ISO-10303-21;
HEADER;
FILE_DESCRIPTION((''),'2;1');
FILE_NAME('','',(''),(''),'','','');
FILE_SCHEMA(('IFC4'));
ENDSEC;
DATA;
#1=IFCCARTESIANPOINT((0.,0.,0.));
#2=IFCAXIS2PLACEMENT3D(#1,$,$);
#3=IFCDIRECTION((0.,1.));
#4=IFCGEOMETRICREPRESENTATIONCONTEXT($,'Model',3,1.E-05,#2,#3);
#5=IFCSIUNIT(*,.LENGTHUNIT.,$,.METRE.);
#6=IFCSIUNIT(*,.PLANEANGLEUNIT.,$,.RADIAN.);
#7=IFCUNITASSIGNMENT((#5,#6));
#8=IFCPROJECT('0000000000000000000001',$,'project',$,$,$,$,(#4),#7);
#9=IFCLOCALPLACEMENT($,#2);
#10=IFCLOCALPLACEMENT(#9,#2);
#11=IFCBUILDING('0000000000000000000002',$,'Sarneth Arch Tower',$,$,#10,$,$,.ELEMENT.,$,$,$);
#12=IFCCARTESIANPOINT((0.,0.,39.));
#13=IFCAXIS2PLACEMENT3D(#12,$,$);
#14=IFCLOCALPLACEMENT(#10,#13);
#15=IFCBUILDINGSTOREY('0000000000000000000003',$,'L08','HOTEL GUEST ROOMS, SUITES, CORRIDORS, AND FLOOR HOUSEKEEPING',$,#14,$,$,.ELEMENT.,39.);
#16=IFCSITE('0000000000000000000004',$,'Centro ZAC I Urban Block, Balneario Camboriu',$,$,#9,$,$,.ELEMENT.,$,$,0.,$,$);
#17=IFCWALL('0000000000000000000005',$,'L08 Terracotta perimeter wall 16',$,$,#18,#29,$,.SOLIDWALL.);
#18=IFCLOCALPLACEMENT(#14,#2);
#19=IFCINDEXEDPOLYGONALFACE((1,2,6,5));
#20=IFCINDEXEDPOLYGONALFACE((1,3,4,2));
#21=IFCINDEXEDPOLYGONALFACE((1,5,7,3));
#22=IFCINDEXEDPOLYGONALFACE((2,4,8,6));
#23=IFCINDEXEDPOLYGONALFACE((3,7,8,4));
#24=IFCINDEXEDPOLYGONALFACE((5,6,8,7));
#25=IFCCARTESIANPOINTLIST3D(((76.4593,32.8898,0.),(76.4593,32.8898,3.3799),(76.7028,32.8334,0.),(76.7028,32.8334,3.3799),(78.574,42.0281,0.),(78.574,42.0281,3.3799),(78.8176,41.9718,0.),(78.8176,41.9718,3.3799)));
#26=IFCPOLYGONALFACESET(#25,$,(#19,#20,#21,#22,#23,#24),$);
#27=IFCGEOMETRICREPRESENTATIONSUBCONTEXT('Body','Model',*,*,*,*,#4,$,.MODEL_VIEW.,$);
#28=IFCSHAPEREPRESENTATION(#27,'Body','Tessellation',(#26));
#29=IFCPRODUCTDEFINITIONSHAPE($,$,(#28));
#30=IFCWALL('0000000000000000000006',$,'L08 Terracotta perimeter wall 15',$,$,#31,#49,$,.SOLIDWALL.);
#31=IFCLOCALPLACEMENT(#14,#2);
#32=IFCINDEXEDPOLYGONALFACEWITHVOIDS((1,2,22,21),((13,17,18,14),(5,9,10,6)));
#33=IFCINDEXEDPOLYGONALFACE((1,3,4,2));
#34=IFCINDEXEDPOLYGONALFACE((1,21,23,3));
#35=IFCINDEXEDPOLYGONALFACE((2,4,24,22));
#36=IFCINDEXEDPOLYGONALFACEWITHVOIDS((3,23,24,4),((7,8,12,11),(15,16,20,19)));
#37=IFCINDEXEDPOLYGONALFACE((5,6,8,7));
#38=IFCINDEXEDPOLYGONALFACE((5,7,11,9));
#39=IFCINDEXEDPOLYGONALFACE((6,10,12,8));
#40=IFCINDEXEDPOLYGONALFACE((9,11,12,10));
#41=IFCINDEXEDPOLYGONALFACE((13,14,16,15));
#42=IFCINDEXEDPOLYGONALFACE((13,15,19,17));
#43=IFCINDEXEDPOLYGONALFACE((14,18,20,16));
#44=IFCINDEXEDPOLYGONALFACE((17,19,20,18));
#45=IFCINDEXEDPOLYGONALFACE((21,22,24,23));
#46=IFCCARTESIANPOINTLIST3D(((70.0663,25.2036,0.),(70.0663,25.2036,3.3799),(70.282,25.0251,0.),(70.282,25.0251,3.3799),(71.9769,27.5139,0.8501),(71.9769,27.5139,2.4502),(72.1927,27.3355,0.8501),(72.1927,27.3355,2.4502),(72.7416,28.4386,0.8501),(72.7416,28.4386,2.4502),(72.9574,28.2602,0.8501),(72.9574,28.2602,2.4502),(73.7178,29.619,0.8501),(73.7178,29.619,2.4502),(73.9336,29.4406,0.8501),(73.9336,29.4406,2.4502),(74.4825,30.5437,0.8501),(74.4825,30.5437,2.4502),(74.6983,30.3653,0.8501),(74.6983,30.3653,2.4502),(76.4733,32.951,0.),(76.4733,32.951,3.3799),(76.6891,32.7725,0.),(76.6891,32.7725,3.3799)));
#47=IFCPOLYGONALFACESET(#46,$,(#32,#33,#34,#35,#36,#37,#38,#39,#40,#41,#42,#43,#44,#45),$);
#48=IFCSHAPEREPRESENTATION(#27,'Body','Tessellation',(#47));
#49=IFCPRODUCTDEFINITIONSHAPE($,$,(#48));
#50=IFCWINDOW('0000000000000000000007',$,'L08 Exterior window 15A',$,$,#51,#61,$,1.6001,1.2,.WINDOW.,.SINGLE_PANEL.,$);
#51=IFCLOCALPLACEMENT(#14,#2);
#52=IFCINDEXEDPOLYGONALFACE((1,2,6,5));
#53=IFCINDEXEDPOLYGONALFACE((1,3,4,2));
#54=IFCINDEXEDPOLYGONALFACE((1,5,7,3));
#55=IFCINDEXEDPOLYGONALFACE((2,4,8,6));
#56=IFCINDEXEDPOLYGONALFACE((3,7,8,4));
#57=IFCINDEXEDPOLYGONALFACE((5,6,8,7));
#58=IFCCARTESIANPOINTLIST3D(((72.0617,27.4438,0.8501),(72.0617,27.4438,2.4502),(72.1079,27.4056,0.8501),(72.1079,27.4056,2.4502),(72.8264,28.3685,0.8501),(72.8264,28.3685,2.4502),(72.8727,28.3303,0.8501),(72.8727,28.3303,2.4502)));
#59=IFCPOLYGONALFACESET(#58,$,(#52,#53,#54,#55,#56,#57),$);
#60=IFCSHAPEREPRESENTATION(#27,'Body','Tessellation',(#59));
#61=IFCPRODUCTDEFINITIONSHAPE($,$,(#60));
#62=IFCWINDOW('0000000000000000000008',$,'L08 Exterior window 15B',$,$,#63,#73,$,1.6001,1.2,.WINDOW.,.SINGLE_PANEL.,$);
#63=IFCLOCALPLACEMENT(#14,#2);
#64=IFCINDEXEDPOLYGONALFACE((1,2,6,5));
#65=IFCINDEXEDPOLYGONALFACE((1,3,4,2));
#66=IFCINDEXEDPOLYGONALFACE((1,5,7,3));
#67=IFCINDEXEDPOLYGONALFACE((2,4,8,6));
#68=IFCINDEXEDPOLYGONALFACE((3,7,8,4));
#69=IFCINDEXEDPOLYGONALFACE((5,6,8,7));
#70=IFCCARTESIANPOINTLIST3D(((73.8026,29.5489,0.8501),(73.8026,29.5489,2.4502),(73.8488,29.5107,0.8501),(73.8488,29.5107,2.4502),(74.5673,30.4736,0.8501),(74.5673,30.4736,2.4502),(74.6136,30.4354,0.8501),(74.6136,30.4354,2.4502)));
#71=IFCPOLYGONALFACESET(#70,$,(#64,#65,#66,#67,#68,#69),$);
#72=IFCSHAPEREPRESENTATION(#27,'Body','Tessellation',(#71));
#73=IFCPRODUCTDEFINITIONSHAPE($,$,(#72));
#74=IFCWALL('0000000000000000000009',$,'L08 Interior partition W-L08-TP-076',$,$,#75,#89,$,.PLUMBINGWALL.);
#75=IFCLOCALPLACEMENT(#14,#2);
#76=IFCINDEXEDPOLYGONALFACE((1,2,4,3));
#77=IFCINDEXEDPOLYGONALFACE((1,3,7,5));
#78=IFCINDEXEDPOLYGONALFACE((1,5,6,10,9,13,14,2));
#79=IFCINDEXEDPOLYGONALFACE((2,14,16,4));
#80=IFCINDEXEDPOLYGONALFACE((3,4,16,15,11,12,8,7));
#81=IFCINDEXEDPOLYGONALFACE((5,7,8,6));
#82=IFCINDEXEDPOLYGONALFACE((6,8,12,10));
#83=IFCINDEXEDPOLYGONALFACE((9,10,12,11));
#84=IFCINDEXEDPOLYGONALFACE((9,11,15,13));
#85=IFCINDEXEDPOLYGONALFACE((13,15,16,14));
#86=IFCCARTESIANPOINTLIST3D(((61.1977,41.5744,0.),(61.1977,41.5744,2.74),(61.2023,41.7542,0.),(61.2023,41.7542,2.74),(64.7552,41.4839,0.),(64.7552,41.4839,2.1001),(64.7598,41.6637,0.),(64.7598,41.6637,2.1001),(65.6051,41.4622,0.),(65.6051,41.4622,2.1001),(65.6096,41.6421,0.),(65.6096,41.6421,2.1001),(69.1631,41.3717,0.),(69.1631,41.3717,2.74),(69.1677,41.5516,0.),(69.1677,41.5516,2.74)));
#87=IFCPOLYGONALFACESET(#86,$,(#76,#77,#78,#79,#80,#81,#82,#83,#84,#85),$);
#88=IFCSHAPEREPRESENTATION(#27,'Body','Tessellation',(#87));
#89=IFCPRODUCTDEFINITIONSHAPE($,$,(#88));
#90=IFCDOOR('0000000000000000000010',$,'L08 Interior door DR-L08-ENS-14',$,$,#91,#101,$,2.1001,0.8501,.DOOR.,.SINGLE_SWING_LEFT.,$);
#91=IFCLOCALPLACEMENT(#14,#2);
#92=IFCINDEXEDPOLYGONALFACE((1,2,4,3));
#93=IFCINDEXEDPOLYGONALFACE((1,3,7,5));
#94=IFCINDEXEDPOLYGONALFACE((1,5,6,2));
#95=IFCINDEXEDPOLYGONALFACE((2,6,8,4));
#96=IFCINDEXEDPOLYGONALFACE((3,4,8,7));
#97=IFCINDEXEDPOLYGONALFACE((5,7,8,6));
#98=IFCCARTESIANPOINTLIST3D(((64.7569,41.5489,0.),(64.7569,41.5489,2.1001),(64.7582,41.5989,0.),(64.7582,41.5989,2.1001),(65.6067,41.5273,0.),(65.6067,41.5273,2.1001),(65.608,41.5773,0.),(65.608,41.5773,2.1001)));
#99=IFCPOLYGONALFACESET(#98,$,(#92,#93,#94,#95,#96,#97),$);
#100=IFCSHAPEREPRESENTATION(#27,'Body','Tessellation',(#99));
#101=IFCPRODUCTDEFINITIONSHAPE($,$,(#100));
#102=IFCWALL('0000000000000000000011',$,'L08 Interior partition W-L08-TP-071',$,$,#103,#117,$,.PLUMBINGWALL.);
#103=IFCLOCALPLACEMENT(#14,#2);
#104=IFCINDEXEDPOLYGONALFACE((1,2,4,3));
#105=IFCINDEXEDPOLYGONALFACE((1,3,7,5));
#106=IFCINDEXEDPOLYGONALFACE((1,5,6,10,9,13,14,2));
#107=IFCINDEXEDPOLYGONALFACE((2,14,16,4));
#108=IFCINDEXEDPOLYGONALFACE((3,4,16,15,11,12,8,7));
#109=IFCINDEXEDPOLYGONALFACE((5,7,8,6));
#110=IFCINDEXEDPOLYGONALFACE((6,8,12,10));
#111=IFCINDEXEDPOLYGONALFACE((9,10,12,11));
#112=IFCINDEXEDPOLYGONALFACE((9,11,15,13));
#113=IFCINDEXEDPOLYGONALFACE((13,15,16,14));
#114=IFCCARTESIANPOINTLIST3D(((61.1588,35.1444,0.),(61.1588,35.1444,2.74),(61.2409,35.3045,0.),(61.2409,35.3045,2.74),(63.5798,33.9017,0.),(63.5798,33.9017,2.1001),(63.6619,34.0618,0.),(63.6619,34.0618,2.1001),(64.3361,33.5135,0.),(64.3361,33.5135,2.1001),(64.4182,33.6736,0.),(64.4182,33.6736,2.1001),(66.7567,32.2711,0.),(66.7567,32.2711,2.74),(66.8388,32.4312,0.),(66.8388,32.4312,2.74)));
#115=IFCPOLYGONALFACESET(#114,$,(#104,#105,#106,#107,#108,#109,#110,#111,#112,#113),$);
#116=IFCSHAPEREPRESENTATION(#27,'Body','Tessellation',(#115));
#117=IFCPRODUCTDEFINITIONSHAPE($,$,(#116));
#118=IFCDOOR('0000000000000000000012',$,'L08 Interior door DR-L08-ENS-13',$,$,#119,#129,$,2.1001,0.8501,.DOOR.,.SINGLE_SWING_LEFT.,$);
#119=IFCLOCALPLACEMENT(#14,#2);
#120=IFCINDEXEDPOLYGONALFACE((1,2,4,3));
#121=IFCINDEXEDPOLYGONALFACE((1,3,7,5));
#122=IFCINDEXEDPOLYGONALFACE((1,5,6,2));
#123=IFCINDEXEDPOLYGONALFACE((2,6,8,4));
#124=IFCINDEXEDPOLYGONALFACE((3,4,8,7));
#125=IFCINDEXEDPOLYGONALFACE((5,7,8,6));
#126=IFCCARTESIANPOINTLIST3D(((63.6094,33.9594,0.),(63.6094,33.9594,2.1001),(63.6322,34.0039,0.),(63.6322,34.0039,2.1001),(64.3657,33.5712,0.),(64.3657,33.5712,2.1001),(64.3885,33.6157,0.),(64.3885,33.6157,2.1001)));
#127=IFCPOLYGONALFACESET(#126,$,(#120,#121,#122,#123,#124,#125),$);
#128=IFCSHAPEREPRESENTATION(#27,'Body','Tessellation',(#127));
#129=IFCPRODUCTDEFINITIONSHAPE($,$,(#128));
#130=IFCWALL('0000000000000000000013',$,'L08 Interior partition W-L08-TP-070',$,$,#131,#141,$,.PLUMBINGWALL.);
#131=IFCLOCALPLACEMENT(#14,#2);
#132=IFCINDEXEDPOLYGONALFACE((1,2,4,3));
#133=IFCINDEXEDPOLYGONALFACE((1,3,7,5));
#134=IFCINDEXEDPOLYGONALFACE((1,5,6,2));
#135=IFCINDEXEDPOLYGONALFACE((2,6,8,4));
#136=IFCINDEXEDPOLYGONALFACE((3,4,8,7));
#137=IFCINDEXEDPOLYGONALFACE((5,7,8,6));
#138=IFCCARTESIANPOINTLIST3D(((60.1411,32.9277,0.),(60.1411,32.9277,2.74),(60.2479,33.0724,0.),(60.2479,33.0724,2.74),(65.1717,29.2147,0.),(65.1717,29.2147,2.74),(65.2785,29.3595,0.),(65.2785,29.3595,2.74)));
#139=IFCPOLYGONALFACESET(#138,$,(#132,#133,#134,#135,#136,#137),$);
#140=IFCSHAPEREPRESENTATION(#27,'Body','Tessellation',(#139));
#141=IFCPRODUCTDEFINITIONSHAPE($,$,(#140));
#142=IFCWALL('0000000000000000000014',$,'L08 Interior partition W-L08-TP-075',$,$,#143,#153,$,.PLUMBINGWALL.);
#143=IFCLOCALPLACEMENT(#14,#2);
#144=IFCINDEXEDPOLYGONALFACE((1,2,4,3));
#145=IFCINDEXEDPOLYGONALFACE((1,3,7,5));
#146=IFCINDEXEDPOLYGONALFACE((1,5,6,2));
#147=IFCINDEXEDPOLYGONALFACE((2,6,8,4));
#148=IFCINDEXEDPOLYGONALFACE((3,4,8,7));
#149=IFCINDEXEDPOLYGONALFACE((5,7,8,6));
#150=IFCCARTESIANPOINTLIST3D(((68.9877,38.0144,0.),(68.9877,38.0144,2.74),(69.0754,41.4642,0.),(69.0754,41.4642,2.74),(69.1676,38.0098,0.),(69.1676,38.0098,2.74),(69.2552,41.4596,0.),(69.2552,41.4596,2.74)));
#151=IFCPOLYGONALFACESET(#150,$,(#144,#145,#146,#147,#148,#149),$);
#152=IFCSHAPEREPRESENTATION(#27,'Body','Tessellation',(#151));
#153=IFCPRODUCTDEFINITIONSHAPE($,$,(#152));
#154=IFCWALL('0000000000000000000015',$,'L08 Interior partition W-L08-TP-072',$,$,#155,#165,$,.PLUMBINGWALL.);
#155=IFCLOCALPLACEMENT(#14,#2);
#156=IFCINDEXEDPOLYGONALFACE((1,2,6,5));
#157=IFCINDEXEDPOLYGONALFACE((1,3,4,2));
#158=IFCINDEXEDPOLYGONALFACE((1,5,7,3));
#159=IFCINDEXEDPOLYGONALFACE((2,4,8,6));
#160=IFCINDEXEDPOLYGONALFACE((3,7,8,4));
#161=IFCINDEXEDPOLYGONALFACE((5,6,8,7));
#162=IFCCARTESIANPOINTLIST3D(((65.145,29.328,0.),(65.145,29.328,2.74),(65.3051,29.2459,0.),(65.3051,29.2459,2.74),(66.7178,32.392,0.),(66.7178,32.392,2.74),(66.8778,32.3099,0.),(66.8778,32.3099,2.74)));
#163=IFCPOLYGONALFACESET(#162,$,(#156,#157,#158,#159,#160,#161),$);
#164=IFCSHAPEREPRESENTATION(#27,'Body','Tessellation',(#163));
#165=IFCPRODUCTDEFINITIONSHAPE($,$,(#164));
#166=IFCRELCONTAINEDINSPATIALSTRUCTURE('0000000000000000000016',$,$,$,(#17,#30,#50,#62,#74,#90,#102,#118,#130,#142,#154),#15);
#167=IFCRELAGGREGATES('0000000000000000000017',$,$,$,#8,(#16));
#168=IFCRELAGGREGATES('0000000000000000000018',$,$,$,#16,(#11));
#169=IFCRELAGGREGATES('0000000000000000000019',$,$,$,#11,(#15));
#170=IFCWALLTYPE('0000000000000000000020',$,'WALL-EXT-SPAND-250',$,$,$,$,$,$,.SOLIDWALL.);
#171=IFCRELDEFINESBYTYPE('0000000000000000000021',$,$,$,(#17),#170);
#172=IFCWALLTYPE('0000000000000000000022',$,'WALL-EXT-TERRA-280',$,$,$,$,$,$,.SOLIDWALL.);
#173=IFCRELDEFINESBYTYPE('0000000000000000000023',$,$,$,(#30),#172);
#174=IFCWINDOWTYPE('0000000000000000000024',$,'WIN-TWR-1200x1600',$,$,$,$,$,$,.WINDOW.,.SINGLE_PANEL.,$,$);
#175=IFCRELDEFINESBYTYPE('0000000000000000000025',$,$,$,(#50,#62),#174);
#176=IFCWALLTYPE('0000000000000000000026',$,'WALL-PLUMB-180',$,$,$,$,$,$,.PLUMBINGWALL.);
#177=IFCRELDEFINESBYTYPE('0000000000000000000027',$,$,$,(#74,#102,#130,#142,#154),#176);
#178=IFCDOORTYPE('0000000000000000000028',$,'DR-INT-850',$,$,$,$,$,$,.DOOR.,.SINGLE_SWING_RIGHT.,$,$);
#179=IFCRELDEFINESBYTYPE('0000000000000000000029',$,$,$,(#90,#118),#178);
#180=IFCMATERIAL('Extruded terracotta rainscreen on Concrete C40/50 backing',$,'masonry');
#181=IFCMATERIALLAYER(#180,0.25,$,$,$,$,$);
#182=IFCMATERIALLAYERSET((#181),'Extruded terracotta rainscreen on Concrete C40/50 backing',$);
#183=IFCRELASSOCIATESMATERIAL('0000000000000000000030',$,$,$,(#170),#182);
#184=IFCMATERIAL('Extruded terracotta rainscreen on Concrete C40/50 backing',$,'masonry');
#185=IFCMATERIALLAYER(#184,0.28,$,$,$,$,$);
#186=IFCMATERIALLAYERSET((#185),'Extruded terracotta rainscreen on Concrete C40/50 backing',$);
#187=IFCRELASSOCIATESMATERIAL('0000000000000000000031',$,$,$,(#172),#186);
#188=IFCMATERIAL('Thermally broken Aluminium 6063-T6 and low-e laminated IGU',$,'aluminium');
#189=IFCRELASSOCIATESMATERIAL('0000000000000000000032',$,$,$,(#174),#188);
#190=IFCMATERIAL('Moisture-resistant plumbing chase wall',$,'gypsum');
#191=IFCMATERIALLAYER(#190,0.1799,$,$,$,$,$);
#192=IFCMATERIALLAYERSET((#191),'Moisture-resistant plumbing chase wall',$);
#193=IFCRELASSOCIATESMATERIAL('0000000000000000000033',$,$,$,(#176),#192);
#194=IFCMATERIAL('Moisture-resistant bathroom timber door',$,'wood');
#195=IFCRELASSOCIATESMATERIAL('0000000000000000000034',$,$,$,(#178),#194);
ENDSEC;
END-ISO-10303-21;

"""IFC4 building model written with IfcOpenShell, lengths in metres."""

from ifc_helpers import new_model, si_unit, direction, frame, frame_2d, origin, place, context, subcontext, project, spatial, rectangle, extrude, material, layer, layer_set, type_object, element, fill, save


model = new_model("IFC4")

# Units and contexts
model_context = context("Model", 3, precision=1e-05, world=origin(), true_north=direction((0.0, 1.0)))
body_context = subcontext(model_context, "Body", "Model", "MODEL_VIEW")
ifc_project = project(units=[si_unit("LENGTHUNIT", "METRE"), si_unit("PLANEANGLEUNIT", "RADIAN")], contexts=[model_context])

# Site, building, storey
site_placement = place(None, origin())
site = spatial("IfcSite", under=ifc_project, at=site_placement, Name="Centro ZAC I Urban Block, Balneario Camboriu", CompositionType="ELEMENT", RefElevation=0.0)
building_placement = place(site_placement, origin())
building = spatial("IfcBuilding", under=site, at=building_placement, Name="Sarneth Arch Tower", CompositionType="ELEMENT")
storey_placement = place(building_placement, frame((0.0, 0.0, 39.0)))
storey = spatial("IfcBuildingStorey", under=building, at=storey_placement, Name="L08", Description="HOTEL GUEST ROOMS, SUITES, CORRIDORS, AND FLOOR HOUSEKEEPING", CompositionType="ELEMENT", Elevation=39.0)

# Wall
ifc_material_1 = material(Name="Extruded terracotta rainscreen on Concrete C40/50 backing", Category="masonry")
ifc_layer_1 = layer(ifc_material_1, 0.25)
ifc_layer_set_1 = layer_set([ifc_layer_1], Name="Extruded terracotta rainscreen on Concrete C40/50 backing")
wall_type_1 = type_object("IfcWallType", Name="WALL-EXT-SPAND-250", PredefinedType="SOLIDWALL", material=ifc_layer_set_1)
wall_1_placement = place(storey_placement, frame((76.5811, 32.8616, 0.0), z_axis=(0.0, 0.0, 1.0), x_axis=(0.225454, 0.974254, 0.0)))
element("IfcWall", 1, at=wall_1_placement, inside=storey, type_object=wall_type_1, Name="L08 Terracotta perimeter wall 16", PredefinedType="SOLIDWALL", context=body_context, shape_type="SweptSolid", body=[
    extrude(rectangle(XDim=9.3799, YDim=0.25, at=frame_2d((4.6899, 0.0))), origin(), (0.0, 0.0, 1.0), 3.3799),
])

# Wall, openings, windows
ifc_material_2 = material(Name="Extruded terracotta rainscreen on Concrete C40/50 backing", Category="masonry")
ifc_layer_2 = layer(ifc_material_2, 0.28)
ifc_layer_set_2 = layer_set([ifc_layer_2], Name="Extruded terracotta rainscreen on Concrete C40/50 backing")
wall_type_2 = type_object("IfcWallType", Name="WALL-EXT-TERRA-280", PredefinedType="SOLIDWALL", material=ifc_layer_set_2)
wall_2_placement = place(storey_placement, frame((70.1741, 25.1143, 0.0), z_axis=(0.0, 0.0, 1.0), x_axis=(0.637297, 0.770618, 0.0)))
wall_2 = element("IfcWall", 2, at=wall_2_placement, inside=storey, type_object=wall_type_2, Name="L08 Terracotta perimeter wall 15", PredefinedType="SOLIDWALL", context=body_context, shape_type="SweptSolid", body=[
    extrude(rectangle(XDim=10.0535, YDim=0.28, at=frame_2d((5.0269, 0.0))), origin(), (0.0, 0.0, 1.0), 3.3799),
])
opening_1_placement = place(wall_2_placement, frame((2.998, 0.0, 0.8501)))
opening_1 = element("IfcOpeningElement", 3, at=opening_1_placement, cuts=wall_2, PredefinedType="OPENING", context=body_context, shape_type="SweptSolid", body=[
    extrude(rectangle(XDim=1.2, YDim=1.6001, at=frame_2d((0.6001, 0.8))), frame((0.0, 0.1499, 0.0), z_axis=(0.0, -1.0, 0.0), x_axis=(1.0, 0.0, 0.0)), (0.0, 0.0, 1.0), 0.3),
])
opening_2_placement = place(wall_2_placement, frame((5.7297, 0.0, 0.8501)))
opening_2 = element("IfcOpeningElement", 4, at=opening_2_placement, cuts=wall_2, PredefinedType="OPENING", context=body_context, shape_type="SweptSolid", body=[
    extrude(rectangle(XDim=1.2, YDim=1.6001, at=frame_2d((0.6001, 0.8))), frame((0.0, 0.1499, 0.0), z_axis=(0.0, -1.0, 0.0), x_axis=(1.0, 0.0, 0.0)), (0.0, 0.0, 1.0), 0.3),
])
ifc_material_3 = material(Name="Thermally broken Aluminium 6063-T6 and low-e laminated IGU", Category="aluminium")
window_type = type_object("IfcWindowType", Name="WIN-TWR-1200x1600", PartitioningType="SINGLE_PANEL", PredefinedType="WINDOW", material=ifc_material_3)
window_1_placement = place(opening_1_placement, origin())
window_1 = element("IfcWindow", 5, at=window_1_placement, inside=storey, type_object=window_type, Name="L08 Exterior window 15A", OverallHeight=1.6001, OverallWidth=1.2, PartitioningType="SINGLE_PANEL", PredefinedType="WINDOW", context=body_context, shape_type="SweptSolid", body=[
    extrude(rectangle(XDim=1.2, YDim=1.6001, at=frame_2d((0.6001, 0.8))), frame((0.0, 0.03, 0.0), z_axis=(0.0, -1.0, 0.0), x_axis=(1.0, 0.0, 0.0)), (0.0, 0.0, 1.0), 0.0601),
])
fill(opening_1, window_1)
window_2_placement = place(opening_2_placement, origin())
window_2 = element("IfcWindow", 6, at=window_2_placement, inside=storey, type_object=window_type, Name="L08 Exterior window 15B", OverallHeight=1.6001, OverallWidth=1.2, PartitioningType="SINGLE_PANEL", PredefinedType="WINDOW", context=body_context, shape_type="SweptSolid", body=[
    extrude(rectangle(XDim=1.2, YDim=1.6001, at=frame_2d((0.6001, 0.8))), frame((0.0, 0.03, 0.0), z_axis=(0.0, -1.0, 0.0), x_axis=(1.0, 0.0, 0.0)), (0.0, 0.0, 1.0), 0.0601),
])
fill(opening_2, window_2)

# Walls, openings, doors
ifc_material_4 = material(Name="Moisture-resistant plumbing chase wall", Category="gypsum")
ifc_layer_3 = layer(ifc_material_4, 0.1799)
ifc_layer_set_3 = layer_set([ifc_layer_3], Name="Moisture-resistant plumbing chase wall")
wall_type_3 = type_object("IfcWallType", Name="WALL-PLUMB-180", PredefinedType="PLUMBINGWALL", material=ifc_layer_set_3)
wall_3_placement = place(storey_placement, frame((69.1653, 41.4617, 0.0), z_axis=(0.0, 0.0, 1.0), x_axis=(-0.999677, 0.025432, 0.0)))
wall_3 = element("IfcWall", 7, at=wall_3_placement, inside=storey, type_object=wall_type_3, Name="L08 Interior partition W-L08-TP-076", PredefinedType="PLUMBINGWALL", context=body_context, shape_type="SweptSolid", body=[
    extrude(rectangle(XDim=7.968, YDim=0.1799, at=frame_2d((3.9839, 0.0))), origin(), (0.0, 0.0, 1.0), 2.74),
])
opening_3_placement = place(wall_3_placement, frame((3.5591, 0.0, 0.0)))
opening_3 = element("IfcOpeningElement", 8, at=opening_3_placement, cuts=wall_3, PredefinedType="OPENING", context=body_context, shape_type="SweptSolid", body=[
    extrude(rectangle(XDim=0.8501, YDim=2.1001, at=frame_2d((0.425, 1.05))), frame((0.0, 0.0999, 0.0), z_axis=(0.0, -1.0, 0.0), x_axis=(1.0, 0.0, 0.0)), (0.0, 0.0, 1.0), 0.2),
])
ifc_material_5 = material(Name="Moisture-resistant bathroom timber door", Category="wood")
door_type_1 = type_object("IfcDoorType", Name="DR-INT-850", OperationType="SINGLE_SWING_RIGHT", PredefinedType="DOOR", material=ifc_material_5)
door_1_placement = place(opening_3_placement, origin())
door_1 = element("IfcDoor", 9, at=door_1_placement, inside=storey, type_object=door_type_1, Name="L08 Interior door DR-L08-ENS-14", OperationType="SINGLE_SWING_LEFT", OverallHeight=2.1001, OverallWidth=0.8501, PredefinedType="DOOR", context=body_context, shape_type="SweptSolid", body=[
    extrude(rectangle(XDim=0.8501, YDim=2.1001, at=frame_2d((0.425, 1.05))), frame((0.0, 0.0249, 0.0), z_axis=(0.0, -1.0, 0.0), x_axis=(1.0, 0.0, 0.0)), (0.0, 0.0, 1.0), 0.05),
])
fill(opening_3, door_1)
wall_4_placement = place(storey_placement, frame((61.2, 35.2244, 0.0), z_axis=(0.0, 0.0, 1.0), x_axis=(0.889651, -0.45664, 0.0)))
wall_4 = element("IfcWall", 10, at=wall_4_placement, inside=storey, type_object=wall_type_3, Name="L08 Interior partition W-L08-TP-071", PredefinedType="PLUMBINGWALL", context=body_context, shape_type="SweptSolid", body=[
    extrude(rectangle(XDim=6.2922, YDim=0.1799, at=frame_2d((3.146, 0.0))), origin(), (0.0, 0.0, 1.0), 2.74),
])
opening_4_placement = place(wall_4_placement, frame((2.7212, 0.0, 0.0)))
opening_4 = element("IfcOpeningElement", 11, at=opening_4_placement, cuts=wall_4, PredefinedType="OPENING", context=body_context, shape_type="SweptSolid", body=[
    extrude(rectangle(XDim=0.8501, YDim=2.1001, at=frame_2d((0.425, 1.05))), frame((0.0, 0.0999, 0.0), z_axis=(0.0, -1.0, 0.0), x_axis=(1.0, 0.0, 0.0)), (0.0, 0.0, 1.0), 0.2),
])
door_2_placement = place(opening_4_placement, origin())
door_2 = element("IfcDoor", 12, at=door_2_placement, inside=storey, type_object=door_type_1, Name="L08 Interior door DR-L08-ENS-13", OperationType="SINGLE_SWING_LEFT", OverallHeight=2.1001, OverallWidth=0.8501, PredefinedType="DOOR", context=body_context, shape_type="SweptSolid", body=[
    extrude(rectangle(XDim=0.8501, YDim=2.1001, at=frame_2d((0.425, 1.05))), frame((0.0, 0.0249, 0.0), z_axis=(0.0, -1.0, 0.0), x_axis=(1.0, 0.0, 0.0)), (0.0, 0.0, 1.0), 0.05),
])
fill(opening_4, door_2)

# Walls
wall_5_placement = place(storey_placement, frame((65.2251, 29.2871, 0.0), z_axis=(0.0, 0.0, 1.0), x_axis=(-0.804583, 0.593841, 0.0)))
element("IfcWall", 13, at=wall_5_placement, inside=storey, type_object=wall_type_3, Name="L08 Interior partition W-L08-TP-070", PredefinedType="PLUMBINGWALL", context=body_context, shape_type="SweptSolid", body=[
    extrude(rectangle(XDim=6.2524, YDim=0.1799, at=frame_2d((3.1262, 0.0))), origin(), (0.0, 0.0, 1.0), 2.74),
])
wall_6_placement = place(storey_placement, frame((69.0776, 38.012, 0.0), z_axis=(0.0, 0.0, 1.0), x_axis=(0.025399, 0.999677, 0.0)))
element("IfcWall", 14, at=wall_6_placement, inside=storey, type_object=wall_type_3, Name="L08 Interior partition W-L08-TP-075", PredefinedType="PLUMBINGWALL", context=body_context, shape_type="SweptSolid", body=[
    extrude(rectangle(XDim=3.4509, YDim=0.1799, at=frame_2d((1.7256, 0.0))), origin(), (0.0, 0.0, 1.0), 2.74),
])
wall_7_placement = place(storey_placement, frame((66.7979, 32.3511, 0.0), z_axis=(0.0, 0.0, 1.0), x_axis=(-0.456659, -0.889642, 0.0)))
element("IfcWall", 15, at=wall_7_placement, inside=storey, type_object=wall_type_3, Name="L08 Interior partition W-L08-TP-072", PredefinedType="PLUMBINGWALL", context=body_context, shape_type="SweptSolid", body=[
    extrude(rectangle(XDim=3.4441, YDim=0.1799, at=frame_2d((1.7222, 0.0))), origin(), (0.0, 0.0, 1.0), 2.74),
])

save(model, "model.ifc")
